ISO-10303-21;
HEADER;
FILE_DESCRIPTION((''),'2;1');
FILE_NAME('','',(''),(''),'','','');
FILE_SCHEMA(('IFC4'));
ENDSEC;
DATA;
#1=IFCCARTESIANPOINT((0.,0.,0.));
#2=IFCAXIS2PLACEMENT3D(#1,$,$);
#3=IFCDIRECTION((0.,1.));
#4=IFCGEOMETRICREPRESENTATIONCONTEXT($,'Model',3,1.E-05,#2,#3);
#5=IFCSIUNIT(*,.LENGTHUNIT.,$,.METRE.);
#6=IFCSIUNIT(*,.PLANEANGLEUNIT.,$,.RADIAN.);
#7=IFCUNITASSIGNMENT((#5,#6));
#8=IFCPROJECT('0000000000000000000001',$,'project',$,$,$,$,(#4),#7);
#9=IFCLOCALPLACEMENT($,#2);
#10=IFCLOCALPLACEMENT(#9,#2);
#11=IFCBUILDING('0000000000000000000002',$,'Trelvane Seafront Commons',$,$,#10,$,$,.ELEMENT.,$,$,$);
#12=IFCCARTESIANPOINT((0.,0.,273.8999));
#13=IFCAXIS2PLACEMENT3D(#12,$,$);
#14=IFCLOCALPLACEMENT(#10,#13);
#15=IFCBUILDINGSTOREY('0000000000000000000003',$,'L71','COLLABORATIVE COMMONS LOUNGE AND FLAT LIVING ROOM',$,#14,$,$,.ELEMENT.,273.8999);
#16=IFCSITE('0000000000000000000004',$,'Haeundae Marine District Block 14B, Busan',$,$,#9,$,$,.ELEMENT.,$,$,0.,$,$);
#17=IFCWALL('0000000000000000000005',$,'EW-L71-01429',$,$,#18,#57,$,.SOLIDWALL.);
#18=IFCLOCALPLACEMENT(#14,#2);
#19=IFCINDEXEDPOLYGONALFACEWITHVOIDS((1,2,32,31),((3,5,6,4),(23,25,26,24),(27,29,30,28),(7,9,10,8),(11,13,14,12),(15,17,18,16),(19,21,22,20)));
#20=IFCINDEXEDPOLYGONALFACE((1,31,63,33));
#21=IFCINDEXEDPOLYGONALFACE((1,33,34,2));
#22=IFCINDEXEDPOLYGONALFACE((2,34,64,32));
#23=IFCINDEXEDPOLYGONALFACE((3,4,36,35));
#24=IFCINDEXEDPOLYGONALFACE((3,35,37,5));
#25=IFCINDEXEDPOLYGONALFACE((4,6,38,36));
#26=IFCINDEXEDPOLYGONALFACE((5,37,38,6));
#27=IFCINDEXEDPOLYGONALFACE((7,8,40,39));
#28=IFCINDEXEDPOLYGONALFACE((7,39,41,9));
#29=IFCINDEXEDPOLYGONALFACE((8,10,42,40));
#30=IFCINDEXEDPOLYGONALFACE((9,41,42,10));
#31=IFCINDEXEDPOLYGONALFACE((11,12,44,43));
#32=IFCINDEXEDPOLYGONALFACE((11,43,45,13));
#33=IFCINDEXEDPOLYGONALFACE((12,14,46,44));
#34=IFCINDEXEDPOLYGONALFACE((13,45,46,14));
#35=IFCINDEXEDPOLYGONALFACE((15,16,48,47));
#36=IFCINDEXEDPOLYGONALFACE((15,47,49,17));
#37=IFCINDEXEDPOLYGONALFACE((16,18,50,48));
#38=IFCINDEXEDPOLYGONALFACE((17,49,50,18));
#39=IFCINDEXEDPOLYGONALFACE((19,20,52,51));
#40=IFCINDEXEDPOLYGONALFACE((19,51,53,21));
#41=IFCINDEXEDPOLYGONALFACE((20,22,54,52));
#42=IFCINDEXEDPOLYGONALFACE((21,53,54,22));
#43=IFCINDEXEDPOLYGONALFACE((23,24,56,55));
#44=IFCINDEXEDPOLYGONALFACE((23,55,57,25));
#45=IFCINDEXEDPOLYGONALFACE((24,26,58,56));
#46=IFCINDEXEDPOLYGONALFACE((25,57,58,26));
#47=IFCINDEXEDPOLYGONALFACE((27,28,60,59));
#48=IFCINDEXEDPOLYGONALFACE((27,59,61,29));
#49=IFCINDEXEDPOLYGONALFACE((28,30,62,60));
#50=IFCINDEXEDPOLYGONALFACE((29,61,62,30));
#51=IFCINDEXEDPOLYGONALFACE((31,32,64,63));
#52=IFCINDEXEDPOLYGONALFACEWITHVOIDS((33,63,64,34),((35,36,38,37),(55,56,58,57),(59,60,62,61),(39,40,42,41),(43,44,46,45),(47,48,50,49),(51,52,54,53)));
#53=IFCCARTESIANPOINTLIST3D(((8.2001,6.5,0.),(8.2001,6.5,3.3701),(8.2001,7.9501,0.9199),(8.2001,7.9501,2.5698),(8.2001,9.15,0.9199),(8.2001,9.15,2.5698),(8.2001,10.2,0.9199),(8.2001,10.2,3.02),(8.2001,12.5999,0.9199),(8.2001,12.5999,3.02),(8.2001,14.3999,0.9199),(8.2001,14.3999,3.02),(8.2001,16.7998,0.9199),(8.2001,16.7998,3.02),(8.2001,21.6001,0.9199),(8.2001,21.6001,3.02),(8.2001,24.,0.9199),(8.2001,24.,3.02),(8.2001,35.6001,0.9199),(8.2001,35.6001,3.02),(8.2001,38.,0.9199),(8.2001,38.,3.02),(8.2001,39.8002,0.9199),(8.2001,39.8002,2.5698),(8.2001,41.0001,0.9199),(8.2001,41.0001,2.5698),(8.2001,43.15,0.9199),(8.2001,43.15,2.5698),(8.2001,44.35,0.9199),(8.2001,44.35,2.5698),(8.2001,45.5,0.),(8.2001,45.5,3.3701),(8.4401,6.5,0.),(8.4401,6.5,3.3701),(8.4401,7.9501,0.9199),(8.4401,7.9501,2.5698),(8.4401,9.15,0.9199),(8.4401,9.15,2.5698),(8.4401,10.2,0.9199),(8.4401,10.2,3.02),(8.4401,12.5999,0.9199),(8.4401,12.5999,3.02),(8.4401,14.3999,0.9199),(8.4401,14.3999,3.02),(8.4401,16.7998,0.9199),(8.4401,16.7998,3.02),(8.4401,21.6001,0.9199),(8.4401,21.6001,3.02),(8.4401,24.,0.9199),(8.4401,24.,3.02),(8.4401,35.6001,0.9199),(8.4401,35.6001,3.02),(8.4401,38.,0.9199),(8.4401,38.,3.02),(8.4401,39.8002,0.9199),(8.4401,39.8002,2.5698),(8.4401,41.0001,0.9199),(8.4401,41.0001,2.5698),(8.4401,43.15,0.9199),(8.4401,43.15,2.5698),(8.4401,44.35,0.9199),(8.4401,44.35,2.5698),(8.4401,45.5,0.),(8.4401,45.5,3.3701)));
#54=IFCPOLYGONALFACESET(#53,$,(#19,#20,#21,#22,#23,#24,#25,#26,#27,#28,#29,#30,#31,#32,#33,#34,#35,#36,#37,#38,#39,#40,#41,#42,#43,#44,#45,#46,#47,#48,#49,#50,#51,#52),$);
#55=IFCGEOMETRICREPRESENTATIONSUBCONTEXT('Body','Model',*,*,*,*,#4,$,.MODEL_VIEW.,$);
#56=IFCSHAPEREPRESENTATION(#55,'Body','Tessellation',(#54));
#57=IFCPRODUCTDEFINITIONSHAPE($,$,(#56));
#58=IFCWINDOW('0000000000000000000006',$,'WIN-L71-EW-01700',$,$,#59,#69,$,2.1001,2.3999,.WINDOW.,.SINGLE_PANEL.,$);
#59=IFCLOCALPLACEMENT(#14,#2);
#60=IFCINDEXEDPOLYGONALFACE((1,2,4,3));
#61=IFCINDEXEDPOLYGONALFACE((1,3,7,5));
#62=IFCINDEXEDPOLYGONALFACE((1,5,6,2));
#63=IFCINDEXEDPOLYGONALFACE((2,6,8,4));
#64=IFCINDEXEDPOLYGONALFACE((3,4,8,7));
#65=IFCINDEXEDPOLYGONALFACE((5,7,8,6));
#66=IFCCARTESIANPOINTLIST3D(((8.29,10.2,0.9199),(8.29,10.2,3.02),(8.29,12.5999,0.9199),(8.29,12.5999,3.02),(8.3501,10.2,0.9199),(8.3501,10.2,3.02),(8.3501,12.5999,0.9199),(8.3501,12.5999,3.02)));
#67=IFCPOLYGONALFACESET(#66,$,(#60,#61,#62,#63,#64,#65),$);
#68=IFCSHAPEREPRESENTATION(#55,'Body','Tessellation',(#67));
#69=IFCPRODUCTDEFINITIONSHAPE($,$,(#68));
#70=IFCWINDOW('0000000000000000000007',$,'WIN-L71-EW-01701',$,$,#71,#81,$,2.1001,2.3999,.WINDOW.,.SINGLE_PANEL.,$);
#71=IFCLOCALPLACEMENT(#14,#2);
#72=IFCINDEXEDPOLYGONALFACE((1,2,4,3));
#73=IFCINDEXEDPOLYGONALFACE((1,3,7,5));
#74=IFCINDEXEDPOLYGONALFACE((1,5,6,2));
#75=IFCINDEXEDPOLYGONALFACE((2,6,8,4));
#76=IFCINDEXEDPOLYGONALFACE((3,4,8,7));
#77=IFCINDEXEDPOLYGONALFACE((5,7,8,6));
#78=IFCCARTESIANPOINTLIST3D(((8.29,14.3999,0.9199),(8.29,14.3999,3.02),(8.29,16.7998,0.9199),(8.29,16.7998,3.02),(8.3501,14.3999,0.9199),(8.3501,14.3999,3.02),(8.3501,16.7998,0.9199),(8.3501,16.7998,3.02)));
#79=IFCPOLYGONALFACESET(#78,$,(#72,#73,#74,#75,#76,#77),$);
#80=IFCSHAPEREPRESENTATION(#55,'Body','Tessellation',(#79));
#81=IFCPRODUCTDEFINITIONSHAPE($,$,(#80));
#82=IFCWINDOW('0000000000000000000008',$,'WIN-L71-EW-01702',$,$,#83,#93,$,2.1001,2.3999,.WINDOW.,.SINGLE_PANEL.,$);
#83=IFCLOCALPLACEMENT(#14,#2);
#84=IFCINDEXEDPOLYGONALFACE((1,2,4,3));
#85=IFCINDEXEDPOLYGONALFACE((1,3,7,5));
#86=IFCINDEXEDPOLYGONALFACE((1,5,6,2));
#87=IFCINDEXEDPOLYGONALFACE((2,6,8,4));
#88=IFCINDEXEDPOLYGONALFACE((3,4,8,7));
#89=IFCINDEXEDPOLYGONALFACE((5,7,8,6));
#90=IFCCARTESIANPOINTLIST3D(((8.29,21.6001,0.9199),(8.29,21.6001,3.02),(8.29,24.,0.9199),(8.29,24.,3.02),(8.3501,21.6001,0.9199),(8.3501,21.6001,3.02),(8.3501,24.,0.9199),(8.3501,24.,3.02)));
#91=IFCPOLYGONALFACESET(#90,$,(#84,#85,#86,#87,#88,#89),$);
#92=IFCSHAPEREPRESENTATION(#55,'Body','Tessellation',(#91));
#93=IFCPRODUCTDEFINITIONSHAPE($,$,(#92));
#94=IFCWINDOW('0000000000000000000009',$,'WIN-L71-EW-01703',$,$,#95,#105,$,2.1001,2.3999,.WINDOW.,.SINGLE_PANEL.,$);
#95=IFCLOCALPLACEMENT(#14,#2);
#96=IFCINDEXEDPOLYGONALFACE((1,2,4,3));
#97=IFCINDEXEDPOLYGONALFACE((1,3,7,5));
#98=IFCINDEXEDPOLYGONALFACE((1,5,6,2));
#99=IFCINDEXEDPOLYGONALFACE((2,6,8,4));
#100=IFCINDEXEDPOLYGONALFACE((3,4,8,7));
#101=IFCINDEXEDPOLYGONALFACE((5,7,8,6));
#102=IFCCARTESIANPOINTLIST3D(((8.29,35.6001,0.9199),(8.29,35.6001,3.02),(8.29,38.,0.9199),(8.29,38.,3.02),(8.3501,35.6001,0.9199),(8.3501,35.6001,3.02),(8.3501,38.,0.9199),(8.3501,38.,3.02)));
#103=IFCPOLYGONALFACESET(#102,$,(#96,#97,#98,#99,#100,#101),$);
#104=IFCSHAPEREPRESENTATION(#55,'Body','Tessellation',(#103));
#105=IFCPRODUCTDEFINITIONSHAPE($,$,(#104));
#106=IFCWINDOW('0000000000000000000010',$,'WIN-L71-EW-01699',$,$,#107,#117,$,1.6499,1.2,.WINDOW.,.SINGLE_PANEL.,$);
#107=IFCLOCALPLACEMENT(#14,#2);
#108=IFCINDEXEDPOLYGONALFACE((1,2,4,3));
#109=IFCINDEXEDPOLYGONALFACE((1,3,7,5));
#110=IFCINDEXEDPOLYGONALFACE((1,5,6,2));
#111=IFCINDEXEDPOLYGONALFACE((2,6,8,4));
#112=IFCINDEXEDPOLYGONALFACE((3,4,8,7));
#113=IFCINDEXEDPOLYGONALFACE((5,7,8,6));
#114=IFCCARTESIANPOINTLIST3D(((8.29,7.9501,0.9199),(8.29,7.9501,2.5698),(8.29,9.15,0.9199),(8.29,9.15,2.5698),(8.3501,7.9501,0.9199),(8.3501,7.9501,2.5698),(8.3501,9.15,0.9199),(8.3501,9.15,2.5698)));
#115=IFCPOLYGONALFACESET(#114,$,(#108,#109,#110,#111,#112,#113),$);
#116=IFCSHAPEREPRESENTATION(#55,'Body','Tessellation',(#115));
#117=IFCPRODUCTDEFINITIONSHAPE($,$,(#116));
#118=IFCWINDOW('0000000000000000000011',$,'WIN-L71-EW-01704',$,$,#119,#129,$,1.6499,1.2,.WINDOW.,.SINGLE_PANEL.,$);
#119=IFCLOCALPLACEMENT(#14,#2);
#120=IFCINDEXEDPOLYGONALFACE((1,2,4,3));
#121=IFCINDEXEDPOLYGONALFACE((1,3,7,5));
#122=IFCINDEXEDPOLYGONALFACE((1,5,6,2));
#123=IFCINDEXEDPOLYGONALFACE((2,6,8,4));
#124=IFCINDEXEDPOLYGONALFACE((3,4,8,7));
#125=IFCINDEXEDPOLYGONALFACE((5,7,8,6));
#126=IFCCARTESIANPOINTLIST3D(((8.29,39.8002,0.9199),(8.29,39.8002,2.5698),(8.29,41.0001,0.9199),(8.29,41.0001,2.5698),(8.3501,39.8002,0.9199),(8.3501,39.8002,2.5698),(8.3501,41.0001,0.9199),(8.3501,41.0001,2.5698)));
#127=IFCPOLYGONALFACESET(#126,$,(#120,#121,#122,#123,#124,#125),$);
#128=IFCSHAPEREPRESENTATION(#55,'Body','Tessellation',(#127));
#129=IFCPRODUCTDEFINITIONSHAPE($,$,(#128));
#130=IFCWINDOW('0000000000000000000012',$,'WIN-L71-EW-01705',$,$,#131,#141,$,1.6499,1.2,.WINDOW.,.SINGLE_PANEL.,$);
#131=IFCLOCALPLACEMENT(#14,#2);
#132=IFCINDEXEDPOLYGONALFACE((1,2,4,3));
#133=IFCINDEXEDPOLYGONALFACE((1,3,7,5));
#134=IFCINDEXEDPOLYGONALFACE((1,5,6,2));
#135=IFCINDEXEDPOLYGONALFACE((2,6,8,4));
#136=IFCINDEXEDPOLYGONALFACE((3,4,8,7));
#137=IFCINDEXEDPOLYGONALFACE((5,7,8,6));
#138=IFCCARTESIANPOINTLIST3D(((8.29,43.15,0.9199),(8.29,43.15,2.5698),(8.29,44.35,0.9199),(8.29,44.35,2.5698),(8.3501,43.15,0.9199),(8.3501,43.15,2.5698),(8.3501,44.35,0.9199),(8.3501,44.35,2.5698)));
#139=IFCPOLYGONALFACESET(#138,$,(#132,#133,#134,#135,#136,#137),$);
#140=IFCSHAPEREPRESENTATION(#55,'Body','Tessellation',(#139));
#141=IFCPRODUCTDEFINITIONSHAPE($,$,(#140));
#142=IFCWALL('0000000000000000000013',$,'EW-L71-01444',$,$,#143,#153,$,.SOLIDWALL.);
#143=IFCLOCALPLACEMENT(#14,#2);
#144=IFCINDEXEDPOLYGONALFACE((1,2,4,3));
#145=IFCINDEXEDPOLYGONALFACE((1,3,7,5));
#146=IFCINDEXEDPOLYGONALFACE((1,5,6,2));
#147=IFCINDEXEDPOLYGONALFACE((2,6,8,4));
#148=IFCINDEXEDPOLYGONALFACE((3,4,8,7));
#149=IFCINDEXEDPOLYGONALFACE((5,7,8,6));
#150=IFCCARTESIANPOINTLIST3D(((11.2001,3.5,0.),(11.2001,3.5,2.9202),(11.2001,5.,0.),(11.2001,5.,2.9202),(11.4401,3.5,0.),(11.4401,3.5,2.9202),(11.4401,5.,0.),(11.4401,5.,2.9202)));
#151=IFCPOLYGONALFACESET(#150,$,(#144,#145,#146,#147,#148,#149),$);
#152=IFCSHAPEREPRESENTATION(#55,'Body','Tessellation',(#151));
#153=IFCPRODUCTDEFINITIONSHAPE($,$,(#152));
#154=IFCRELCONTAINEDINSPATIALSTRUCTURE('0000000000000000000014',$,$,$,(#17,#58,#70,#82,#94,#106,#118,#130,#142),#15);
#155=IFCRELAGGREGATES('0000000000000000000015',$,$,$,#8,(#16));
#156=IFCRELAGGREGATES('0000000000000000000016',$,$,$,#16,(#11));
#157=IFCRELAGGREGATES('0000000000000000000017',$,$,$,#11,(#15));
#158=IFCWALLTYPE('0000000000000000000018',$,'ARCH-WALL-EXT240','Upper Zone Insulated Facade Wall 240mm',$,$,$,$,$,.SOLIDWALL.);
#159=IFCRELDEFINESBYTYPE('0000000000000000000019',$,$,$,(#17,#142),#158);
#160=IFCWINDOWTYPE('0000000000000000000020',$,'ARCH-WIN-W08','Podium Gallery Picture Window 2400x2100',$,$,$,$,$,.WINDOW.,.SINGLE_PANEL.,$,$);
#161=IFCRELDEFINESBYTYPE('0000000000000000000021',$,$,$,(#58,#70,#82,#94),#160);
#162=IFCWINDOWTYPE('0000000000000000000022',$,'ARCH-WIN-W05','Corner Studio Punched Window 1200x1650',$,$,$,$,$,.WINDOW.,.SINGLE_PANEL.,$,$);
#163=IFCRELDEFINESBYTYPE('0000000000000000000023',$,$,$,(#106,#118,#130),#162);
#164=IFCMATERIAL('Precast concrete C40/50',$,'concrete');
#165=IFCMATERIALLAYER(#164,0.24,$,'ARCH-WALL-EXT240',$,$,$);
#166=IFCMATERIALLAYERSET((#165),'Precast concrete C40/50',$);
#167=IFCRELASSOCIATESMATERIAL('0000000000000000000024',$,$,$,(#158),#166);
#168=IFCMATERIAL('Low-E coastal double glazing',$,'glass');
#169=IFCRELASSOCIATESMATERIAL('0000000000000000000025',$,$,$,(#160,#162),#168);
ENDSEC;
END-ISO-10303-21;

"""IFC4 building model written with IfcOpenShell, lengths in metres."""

from ifc_helpers import new_model, si_unit, direction, frame, frame_2d, origin, place, context, subcontext, project, spatial, rectangle, extrude, source, transform, mapped, material, layer, layer_set, type_object, element, fill, save


model = new_model("IFC4")

# Units and contexts
model_context = context("Model", 3, precision=1e-05, world=origin(), true_north=direction((0.0, 1.0)))
body_context = subcontext(model_context, "Body", "Model", "MODEL_VIEW")
ifc_project = project(units=[si_unit("LENGTHUNIT", "METRE"), si_unit("PLANEANGLEUNIT", "RADIAN")], contexts=[model_context])

# Site, building, storey
site_placement = place(None, origin())
site = spatial("IfcSite", under=ifc_project, at=site_placement, Name="Haeundae Marine District Block 14B, Busan", CompositionType="ELEMENT", RefElevation=0.0)
building_placement = place(site_placement, origin())
building = spatial("IfcBuilding", under=site, at=building_placement, Name="Trelvane Seafront Commons", CompositionType="ELEMENT")
storey_placement = place(building_placement, frame((0.0, 0.0, 273.8999)))
storey = spatial("IfcBuildingStorey", under=building, at=storey_placement, Name="L71", Description="COLLABORATIVE COMMONS LOUNGE AND FLAT LIVING ROOM", CompositionType="ELEMENT", Elevation=273.8999)

# Shared definitions
ifc_material_1 = material(Name="Precast concrete C40/50", Category="concrete")
ifc_layer_1 = layer(ifc_material_1, 0.24, Name="ARCH-WALL-EXT240")
ifc_layer_set_1 = layer_set([ifc_layer_1], Name="Precast concrete C40/50")
wall_type_1 = type_object("IfcWallType", Name="ARCH-WALL-EXT240", Description="Upper Zone Insulated Facade Wall 240mm", PredefinedType="SOLIDWALL", material=ifc_layer_set_1)

# Wall, openings, windows
wall_1_placement = place(storey_placement, frame((8.3201, 6.5, 0.0), z_axis=(0.0, 0.0, 1.0), x_axis=(0.0, 1.0, 0.0)))
wall_1 = element("IfcWall", 1, at=wall_1_placement, inside=storey, type_object=wall_type_1, Name="EW-L71-01429", PredefinedType="SOLIDWALL", context=body_context, shape_type="SweptSolid", body=[
    extrude(rectangle(XDim=39.0, YDim=0.24, at=frame_2d((19.5, 0.0))), origin(), (0.0, 0.0, 1.0), 3.3701),
])
opening_1_placement = place(wall_1_placement, frame((1.45, 0.0, 0.9199)))
opening_1 = element("IfcOpeningElement", 2, at=opening_1_placement, cuts=wall_1, PredefinedType="OPENING", context=body_context, shape_type="SweptSolid", body=[
    extrude(rectangle(XDim=1.2, YDim=1.6499, at=frame_2d((0.6001, 0.825))), frame((0.0, 0.1299, 0.0), z_axis=(0.0, -1.0, 0.0), x_axis=(1.0, 0.0, 0.0)), (0.0, 0.0, 1.0), 0.26),
])
opening_2_placement = place(wall_1_placement, frame((3.7, 0.0, 0.9199)))
opening_2 = element("IfcOpeningElement", 3, at=opening_2_placement, cuts=wall_1, PredefinedType="OPENING", context=body_context, shape_type="SweptSolid", body=[
    extrude(rectangle(XDim=2.3999, YDim=2.1001, at=frame_2d((1.2, 1.05))), frame((0.0, 0.1299, 0.0), z_axis=(0.0, -1.0, 0.0), x_axis=(1.0, 0.0, 0.0)), (0.0, 0.0, 1.0), 0.26),
])
opening_3_placement = place(wall_1_placement, frame((7.8999, 0.0, 0.9199)))
opening_3 = element("IfcOpeningElement", 4, at=opening_3_placement, cuts=wall_1, PredefinedType="OPENING", context=body_context, shape_type="SweptSolid", body=[
    extrude(rectangle(XDim=2.3999, YDim=2.1001, at=frame_2d((1.2, 1.05))), frame((0.0, 0.1299, 0.0), z_axis=(0.0, -1.0, 0.0), x_axis=(1.0, 0.0, 0.0)), (0.0, 0.0, 1.0), 0.26),
])
opening_4_placement = place(wall_1_placement, frame((15.1001, 0.0, 0.9199)))
opening_4 = element("IfcOpeningElement", 5, at=opening_4_placement, cuts=wall_1, PredefinedType="OPENING", context=body_context, shape_type="SweptSolid", body=[
    extrude(rectangle(XDim=2.3999, YDim=2.1001, at=frame_2d((1.2, 1.05))), frame((0.0, 0.1299, 0.0), z_axis=(0.0, -1.0, 0.0), x_axis=(1.0, 0.0, 0.0)), (0.0, 0.0, 1.0), 0.26),
])
opening_5_placement = place(wall_1_placement, frame((29.1001, 0.0, 0.9199)))
opening_5 = element("IfcOpeningElement", 6, at=opening_5_placement, cuts=wall_1, PredefinedType="OPENING", context=body_context, shape_type="SweptSolid", body=[
    extrude(rectangle(XDim=2.3999, YDim=2.1001, at=frame_2d((1.2, 1.05))), frame((0.0, 0.1299, 0.0), z_axis=(0.0, -1.0, 0.0), x_axis=(1.0, 0.0, 0.0)), (0.0, 0.0, 1.0), 0.26),
])
opening_6_placement = place(wall_1_placement, frame((33.3, 0.0, 0.9199)))
opening_6 = element("IfcOpeningElement", 7, at=opening_6_placement, cuts=wall_1, PredefinedType="OPENING", context=body_context, shape_type="SweptSolid", body=[
    extrude(rectangle(XDim=1.2, YDim=1.6499, at=frame_2d((0.6001, 0.825))), frame((0.0, 0.1299, 0.0), z_axis=(0.0, -1.0, 0.0), x_axis=(1.0, 0.0, 0.0)), (0.0, 0.0, 1.0), 0.26),
])
opening_7_placement = place(wall_1_placement, frame((36.6499, 0.0, 0.9199)))
opening_7 = element("IfcOpeningElement", 8, at=opening_7_placement, cuts=wall_1, PredefinedType="OPENING", context=body_context, shape_type="SweptSolid", body=[
    extrude(rectangle(XDim=1.2, YDim=1.6499, at=frame_2d((0.6001, 0.825))), frame((0.0, 0.1299, 0.0), z_axis=(0.0, -1.0, 0.0), x_axis=(1.0, 0.0, 0.0)), (0.0, 0.0, 1.0), 0.26),
])
ifc_material_2 = material(Name="Low-E coastal double glazing", Category="glass")
window_type_1 = type_object("IfcWindowType", Name="ARCH-WIN-W08", Description="Podium Gallery Picture Window 2400x2100", PartitioningType="SINGLE_PANEL", PredefinedType="WINDOW", material=ifc_material_2)
shared_shape_1 = source(origin(), body_context, "Body", "SweptSolid", [
    extrude(rectangle(XDim=2.3999, YDim=2.1001, at=frame_2d((1.2, 1.05))), frame((0.0, 0.03, 0.0), z_axis=(0.0, -1.0, 0.0), x_axis=(1.0, 0.0, 0.0)), (0.0, 0.0, 1.0), 0.0601),
])
window_1_placement = place(opening_2_placement, origin())
window_1 = element("IfcWindow", 9, at=window_1_placement, inside=storey, type_object=window_type_1, Name="WIN-L71-EW-01700", OverallHeight=2.1001, OverallWidth=2.3999, PartitioningType="SINGLE_PANEL", PredefinedType="WINDOW", context=body_context, shape_type="MappedRepresentation", body=[
    mapped(shared_shape_1, transform((0.0, 0.0, 0.0), x_axis=(1.0, 0.0, 0.0), y_axis=(0.0, 1.0, 0.0), z_axis=(0.0, 0.0, 1.0), scale=1.0)),
])
fill(opening_2, window_1)
window_2_placement = place(opening_3_placement, origin())
window_2 = element("IfcWindow", 10, at=window_2_placement, inside=storey, type_object=window_type_1, Name="WIN-L71-EW-01701", OverallHeight=2.1001, OverallWidth=2.3999, PartitioningType="SINGLE_PANEL", PredefinedType="WINDOW", context=body_context, shape_type="MappedRepresentation", body=[
    mapped(shared_shape_1, transform((0.0, 0.0, 0.0), x_axis=(1.0, 0.0, 0.0), y_axis=(0.0, 1.0, 0.0), z_axis=(0.0, 0.0, 1.0), scale=1.0)),
])
fill(opening_3, window_2)
window_3_placement = place(opening_4_placement, origin())
window_3 = element("IfcWindow", 11, at=window_3_placement, inside=storey, type_object=window_type_1, Name="WIN-L71-EW-01702", OverallHeight=2.1001, OverallWidth=2.3999, PartitioningType="SINGLE_PANEL", PredefinedType="WINDOW", context=body_context, shape_type="MappedRepresentation", body=[
    mapped(shared_shape_1, transform((0.0, 0.0, 0.0), x_axis=(1.0, 0.0, 0.0), y_axis=(0.0, 1.0, 0.0), z_axis=(0.0, 0.0, 1.0), scale=1.0)),
])
fill(opening_4, window_3)
window_4_placement = place(opening_5_placement, origin())
window_4 = element("IfcWindow", 12, at=window_4_placement, inside=storey, type_object=window_type_1, Name="WIN-L71-EW-01703", OverallHeight=2.1001, OverallWidth=2.3999, PartitioningType="SINGLE_PANEL", PredefinedType="WINDOW", context=body_context, shape_type="MappedRepresentation", body=[
    mapped(shared_shape_1, transform((0.0, 0.0, 0.0), x_axis=(1.0, 0.0, 0.0), y_axis=(0.0, 1.0, 0.0), z_axis=(0.0, 0.0, 1.0), scale=1.0)),
])
fill(opening_5, window_4)
window_type_2 = type_object("IfcWindowType", Name="ARCH-WIN-W05", Description="Corner Studio Punched Window 1200x1650", PartitioningType="SINGLE_PANEL", PredefinedType="WINDOW", material=ifc_material_2)
shared_shape_2 = source(origin(), body_context, "Body", "SweptSolid", [
    extrude(rectangle(XDim=1.2, YDim=1.6499, at=frame_2d((0.6001, 0.825))), frame((0.0, 0.03, 0.0), z_axis=(0.0, -1.0, 0.0), x_axis=(1.0, 0.0, 0.0)), (0.0, 0.0, 1.0), 0.0601),
])
window_5_placement = place(opening_1_placement, origin())
window_5 = element("IfcWindow", 13, at=window_5_placement, inside=storey, type_object=window_type_2, Name="WIN-L71-EW-01699", OverallHeight=1.6499, OverallWidth=1.2, PartitioningType="SINGLE_PANEL", PredefinedType="WINDOW", context=body_context, shape_type="MappedRepresentation", body=[
    mapped(shared_shape_2, transform((0.0, 0.0, 0.0), x_axis=(1.0, 0.0, 0.0), y_axis=(0.0, 1.0, 0.0), z_axis=(0.0, 0.0, 1.0), scale=1.0)),
])
fill(opening_1, window_5)
window_6_placement = place(opening_6_placement, origin())
window_6 = element("IfcWindow", 14, at=window_6_placement, inside=storey, type_object=window_type_2, Name="WIN-L71-EW-01704", OverallHeight=1.6499, OverallWidth=1.2, PartitioningType="SINGLE_PANEL", PredefinedType="WINDOW", context=body_context, shape_type="MappedRepresentation", body=[
    mapped(shared_shape_2, transform((0.0, 0.0, 0.0), x_axis=(1.0, 0.0, 0.0), y_axis=(0.0, 1.0, 0.0), z_axis=(0.0, 0.0, 1.0), scale=1.0)),
])
fill(opening_6, window_6)
window_7_placement = place(opening_7_placement, origin())
window_7 = element("IfcWindow", 15, at=window_7_placement, inside=storey, type_object=window_type_2, Name="WIN-L71-EW-01705", OverallHeight=1.6499, OverallWidth=1.2, PartitioningType="SINGLE_PANEL", PredefinedType="WINDOW", context=body_context, shape_type="MappedRepresentation", body=[
    mapped(shared_shape_2, transform((0.0, 0.0, 0.0), x_axis=(1.0, 0.0, 0.0), y_axis=(0.0, 1.0, 0.0), z_axis=(0.0, 0.0, 1.0), scale=1.0)),
])
fill(opening_7, window_7)

# Wall
wall_2_placement = place(storey_placement, frame((11.3201, 3.5, 0.0), z_axis=(0.0, 0.0, 1.0), x_axis=(0.0, 1.0, 0.0)))
element("IfcWall", 16, at=wall_2_placement, inside=storey, type_object=wall_type_1, Name="EW-L71-01444", PredefinedType="SOLIDWALL", context=body_context, shape_type="SweptSolid", body=[
    extrude(rectangle(XDim=1.5, YDim=0.24, at=frame_2d((0.75, 0.0))), origin(), (0.0, 0.0, 1.0), 2.9202),
])

save(model, "model.ifc")
